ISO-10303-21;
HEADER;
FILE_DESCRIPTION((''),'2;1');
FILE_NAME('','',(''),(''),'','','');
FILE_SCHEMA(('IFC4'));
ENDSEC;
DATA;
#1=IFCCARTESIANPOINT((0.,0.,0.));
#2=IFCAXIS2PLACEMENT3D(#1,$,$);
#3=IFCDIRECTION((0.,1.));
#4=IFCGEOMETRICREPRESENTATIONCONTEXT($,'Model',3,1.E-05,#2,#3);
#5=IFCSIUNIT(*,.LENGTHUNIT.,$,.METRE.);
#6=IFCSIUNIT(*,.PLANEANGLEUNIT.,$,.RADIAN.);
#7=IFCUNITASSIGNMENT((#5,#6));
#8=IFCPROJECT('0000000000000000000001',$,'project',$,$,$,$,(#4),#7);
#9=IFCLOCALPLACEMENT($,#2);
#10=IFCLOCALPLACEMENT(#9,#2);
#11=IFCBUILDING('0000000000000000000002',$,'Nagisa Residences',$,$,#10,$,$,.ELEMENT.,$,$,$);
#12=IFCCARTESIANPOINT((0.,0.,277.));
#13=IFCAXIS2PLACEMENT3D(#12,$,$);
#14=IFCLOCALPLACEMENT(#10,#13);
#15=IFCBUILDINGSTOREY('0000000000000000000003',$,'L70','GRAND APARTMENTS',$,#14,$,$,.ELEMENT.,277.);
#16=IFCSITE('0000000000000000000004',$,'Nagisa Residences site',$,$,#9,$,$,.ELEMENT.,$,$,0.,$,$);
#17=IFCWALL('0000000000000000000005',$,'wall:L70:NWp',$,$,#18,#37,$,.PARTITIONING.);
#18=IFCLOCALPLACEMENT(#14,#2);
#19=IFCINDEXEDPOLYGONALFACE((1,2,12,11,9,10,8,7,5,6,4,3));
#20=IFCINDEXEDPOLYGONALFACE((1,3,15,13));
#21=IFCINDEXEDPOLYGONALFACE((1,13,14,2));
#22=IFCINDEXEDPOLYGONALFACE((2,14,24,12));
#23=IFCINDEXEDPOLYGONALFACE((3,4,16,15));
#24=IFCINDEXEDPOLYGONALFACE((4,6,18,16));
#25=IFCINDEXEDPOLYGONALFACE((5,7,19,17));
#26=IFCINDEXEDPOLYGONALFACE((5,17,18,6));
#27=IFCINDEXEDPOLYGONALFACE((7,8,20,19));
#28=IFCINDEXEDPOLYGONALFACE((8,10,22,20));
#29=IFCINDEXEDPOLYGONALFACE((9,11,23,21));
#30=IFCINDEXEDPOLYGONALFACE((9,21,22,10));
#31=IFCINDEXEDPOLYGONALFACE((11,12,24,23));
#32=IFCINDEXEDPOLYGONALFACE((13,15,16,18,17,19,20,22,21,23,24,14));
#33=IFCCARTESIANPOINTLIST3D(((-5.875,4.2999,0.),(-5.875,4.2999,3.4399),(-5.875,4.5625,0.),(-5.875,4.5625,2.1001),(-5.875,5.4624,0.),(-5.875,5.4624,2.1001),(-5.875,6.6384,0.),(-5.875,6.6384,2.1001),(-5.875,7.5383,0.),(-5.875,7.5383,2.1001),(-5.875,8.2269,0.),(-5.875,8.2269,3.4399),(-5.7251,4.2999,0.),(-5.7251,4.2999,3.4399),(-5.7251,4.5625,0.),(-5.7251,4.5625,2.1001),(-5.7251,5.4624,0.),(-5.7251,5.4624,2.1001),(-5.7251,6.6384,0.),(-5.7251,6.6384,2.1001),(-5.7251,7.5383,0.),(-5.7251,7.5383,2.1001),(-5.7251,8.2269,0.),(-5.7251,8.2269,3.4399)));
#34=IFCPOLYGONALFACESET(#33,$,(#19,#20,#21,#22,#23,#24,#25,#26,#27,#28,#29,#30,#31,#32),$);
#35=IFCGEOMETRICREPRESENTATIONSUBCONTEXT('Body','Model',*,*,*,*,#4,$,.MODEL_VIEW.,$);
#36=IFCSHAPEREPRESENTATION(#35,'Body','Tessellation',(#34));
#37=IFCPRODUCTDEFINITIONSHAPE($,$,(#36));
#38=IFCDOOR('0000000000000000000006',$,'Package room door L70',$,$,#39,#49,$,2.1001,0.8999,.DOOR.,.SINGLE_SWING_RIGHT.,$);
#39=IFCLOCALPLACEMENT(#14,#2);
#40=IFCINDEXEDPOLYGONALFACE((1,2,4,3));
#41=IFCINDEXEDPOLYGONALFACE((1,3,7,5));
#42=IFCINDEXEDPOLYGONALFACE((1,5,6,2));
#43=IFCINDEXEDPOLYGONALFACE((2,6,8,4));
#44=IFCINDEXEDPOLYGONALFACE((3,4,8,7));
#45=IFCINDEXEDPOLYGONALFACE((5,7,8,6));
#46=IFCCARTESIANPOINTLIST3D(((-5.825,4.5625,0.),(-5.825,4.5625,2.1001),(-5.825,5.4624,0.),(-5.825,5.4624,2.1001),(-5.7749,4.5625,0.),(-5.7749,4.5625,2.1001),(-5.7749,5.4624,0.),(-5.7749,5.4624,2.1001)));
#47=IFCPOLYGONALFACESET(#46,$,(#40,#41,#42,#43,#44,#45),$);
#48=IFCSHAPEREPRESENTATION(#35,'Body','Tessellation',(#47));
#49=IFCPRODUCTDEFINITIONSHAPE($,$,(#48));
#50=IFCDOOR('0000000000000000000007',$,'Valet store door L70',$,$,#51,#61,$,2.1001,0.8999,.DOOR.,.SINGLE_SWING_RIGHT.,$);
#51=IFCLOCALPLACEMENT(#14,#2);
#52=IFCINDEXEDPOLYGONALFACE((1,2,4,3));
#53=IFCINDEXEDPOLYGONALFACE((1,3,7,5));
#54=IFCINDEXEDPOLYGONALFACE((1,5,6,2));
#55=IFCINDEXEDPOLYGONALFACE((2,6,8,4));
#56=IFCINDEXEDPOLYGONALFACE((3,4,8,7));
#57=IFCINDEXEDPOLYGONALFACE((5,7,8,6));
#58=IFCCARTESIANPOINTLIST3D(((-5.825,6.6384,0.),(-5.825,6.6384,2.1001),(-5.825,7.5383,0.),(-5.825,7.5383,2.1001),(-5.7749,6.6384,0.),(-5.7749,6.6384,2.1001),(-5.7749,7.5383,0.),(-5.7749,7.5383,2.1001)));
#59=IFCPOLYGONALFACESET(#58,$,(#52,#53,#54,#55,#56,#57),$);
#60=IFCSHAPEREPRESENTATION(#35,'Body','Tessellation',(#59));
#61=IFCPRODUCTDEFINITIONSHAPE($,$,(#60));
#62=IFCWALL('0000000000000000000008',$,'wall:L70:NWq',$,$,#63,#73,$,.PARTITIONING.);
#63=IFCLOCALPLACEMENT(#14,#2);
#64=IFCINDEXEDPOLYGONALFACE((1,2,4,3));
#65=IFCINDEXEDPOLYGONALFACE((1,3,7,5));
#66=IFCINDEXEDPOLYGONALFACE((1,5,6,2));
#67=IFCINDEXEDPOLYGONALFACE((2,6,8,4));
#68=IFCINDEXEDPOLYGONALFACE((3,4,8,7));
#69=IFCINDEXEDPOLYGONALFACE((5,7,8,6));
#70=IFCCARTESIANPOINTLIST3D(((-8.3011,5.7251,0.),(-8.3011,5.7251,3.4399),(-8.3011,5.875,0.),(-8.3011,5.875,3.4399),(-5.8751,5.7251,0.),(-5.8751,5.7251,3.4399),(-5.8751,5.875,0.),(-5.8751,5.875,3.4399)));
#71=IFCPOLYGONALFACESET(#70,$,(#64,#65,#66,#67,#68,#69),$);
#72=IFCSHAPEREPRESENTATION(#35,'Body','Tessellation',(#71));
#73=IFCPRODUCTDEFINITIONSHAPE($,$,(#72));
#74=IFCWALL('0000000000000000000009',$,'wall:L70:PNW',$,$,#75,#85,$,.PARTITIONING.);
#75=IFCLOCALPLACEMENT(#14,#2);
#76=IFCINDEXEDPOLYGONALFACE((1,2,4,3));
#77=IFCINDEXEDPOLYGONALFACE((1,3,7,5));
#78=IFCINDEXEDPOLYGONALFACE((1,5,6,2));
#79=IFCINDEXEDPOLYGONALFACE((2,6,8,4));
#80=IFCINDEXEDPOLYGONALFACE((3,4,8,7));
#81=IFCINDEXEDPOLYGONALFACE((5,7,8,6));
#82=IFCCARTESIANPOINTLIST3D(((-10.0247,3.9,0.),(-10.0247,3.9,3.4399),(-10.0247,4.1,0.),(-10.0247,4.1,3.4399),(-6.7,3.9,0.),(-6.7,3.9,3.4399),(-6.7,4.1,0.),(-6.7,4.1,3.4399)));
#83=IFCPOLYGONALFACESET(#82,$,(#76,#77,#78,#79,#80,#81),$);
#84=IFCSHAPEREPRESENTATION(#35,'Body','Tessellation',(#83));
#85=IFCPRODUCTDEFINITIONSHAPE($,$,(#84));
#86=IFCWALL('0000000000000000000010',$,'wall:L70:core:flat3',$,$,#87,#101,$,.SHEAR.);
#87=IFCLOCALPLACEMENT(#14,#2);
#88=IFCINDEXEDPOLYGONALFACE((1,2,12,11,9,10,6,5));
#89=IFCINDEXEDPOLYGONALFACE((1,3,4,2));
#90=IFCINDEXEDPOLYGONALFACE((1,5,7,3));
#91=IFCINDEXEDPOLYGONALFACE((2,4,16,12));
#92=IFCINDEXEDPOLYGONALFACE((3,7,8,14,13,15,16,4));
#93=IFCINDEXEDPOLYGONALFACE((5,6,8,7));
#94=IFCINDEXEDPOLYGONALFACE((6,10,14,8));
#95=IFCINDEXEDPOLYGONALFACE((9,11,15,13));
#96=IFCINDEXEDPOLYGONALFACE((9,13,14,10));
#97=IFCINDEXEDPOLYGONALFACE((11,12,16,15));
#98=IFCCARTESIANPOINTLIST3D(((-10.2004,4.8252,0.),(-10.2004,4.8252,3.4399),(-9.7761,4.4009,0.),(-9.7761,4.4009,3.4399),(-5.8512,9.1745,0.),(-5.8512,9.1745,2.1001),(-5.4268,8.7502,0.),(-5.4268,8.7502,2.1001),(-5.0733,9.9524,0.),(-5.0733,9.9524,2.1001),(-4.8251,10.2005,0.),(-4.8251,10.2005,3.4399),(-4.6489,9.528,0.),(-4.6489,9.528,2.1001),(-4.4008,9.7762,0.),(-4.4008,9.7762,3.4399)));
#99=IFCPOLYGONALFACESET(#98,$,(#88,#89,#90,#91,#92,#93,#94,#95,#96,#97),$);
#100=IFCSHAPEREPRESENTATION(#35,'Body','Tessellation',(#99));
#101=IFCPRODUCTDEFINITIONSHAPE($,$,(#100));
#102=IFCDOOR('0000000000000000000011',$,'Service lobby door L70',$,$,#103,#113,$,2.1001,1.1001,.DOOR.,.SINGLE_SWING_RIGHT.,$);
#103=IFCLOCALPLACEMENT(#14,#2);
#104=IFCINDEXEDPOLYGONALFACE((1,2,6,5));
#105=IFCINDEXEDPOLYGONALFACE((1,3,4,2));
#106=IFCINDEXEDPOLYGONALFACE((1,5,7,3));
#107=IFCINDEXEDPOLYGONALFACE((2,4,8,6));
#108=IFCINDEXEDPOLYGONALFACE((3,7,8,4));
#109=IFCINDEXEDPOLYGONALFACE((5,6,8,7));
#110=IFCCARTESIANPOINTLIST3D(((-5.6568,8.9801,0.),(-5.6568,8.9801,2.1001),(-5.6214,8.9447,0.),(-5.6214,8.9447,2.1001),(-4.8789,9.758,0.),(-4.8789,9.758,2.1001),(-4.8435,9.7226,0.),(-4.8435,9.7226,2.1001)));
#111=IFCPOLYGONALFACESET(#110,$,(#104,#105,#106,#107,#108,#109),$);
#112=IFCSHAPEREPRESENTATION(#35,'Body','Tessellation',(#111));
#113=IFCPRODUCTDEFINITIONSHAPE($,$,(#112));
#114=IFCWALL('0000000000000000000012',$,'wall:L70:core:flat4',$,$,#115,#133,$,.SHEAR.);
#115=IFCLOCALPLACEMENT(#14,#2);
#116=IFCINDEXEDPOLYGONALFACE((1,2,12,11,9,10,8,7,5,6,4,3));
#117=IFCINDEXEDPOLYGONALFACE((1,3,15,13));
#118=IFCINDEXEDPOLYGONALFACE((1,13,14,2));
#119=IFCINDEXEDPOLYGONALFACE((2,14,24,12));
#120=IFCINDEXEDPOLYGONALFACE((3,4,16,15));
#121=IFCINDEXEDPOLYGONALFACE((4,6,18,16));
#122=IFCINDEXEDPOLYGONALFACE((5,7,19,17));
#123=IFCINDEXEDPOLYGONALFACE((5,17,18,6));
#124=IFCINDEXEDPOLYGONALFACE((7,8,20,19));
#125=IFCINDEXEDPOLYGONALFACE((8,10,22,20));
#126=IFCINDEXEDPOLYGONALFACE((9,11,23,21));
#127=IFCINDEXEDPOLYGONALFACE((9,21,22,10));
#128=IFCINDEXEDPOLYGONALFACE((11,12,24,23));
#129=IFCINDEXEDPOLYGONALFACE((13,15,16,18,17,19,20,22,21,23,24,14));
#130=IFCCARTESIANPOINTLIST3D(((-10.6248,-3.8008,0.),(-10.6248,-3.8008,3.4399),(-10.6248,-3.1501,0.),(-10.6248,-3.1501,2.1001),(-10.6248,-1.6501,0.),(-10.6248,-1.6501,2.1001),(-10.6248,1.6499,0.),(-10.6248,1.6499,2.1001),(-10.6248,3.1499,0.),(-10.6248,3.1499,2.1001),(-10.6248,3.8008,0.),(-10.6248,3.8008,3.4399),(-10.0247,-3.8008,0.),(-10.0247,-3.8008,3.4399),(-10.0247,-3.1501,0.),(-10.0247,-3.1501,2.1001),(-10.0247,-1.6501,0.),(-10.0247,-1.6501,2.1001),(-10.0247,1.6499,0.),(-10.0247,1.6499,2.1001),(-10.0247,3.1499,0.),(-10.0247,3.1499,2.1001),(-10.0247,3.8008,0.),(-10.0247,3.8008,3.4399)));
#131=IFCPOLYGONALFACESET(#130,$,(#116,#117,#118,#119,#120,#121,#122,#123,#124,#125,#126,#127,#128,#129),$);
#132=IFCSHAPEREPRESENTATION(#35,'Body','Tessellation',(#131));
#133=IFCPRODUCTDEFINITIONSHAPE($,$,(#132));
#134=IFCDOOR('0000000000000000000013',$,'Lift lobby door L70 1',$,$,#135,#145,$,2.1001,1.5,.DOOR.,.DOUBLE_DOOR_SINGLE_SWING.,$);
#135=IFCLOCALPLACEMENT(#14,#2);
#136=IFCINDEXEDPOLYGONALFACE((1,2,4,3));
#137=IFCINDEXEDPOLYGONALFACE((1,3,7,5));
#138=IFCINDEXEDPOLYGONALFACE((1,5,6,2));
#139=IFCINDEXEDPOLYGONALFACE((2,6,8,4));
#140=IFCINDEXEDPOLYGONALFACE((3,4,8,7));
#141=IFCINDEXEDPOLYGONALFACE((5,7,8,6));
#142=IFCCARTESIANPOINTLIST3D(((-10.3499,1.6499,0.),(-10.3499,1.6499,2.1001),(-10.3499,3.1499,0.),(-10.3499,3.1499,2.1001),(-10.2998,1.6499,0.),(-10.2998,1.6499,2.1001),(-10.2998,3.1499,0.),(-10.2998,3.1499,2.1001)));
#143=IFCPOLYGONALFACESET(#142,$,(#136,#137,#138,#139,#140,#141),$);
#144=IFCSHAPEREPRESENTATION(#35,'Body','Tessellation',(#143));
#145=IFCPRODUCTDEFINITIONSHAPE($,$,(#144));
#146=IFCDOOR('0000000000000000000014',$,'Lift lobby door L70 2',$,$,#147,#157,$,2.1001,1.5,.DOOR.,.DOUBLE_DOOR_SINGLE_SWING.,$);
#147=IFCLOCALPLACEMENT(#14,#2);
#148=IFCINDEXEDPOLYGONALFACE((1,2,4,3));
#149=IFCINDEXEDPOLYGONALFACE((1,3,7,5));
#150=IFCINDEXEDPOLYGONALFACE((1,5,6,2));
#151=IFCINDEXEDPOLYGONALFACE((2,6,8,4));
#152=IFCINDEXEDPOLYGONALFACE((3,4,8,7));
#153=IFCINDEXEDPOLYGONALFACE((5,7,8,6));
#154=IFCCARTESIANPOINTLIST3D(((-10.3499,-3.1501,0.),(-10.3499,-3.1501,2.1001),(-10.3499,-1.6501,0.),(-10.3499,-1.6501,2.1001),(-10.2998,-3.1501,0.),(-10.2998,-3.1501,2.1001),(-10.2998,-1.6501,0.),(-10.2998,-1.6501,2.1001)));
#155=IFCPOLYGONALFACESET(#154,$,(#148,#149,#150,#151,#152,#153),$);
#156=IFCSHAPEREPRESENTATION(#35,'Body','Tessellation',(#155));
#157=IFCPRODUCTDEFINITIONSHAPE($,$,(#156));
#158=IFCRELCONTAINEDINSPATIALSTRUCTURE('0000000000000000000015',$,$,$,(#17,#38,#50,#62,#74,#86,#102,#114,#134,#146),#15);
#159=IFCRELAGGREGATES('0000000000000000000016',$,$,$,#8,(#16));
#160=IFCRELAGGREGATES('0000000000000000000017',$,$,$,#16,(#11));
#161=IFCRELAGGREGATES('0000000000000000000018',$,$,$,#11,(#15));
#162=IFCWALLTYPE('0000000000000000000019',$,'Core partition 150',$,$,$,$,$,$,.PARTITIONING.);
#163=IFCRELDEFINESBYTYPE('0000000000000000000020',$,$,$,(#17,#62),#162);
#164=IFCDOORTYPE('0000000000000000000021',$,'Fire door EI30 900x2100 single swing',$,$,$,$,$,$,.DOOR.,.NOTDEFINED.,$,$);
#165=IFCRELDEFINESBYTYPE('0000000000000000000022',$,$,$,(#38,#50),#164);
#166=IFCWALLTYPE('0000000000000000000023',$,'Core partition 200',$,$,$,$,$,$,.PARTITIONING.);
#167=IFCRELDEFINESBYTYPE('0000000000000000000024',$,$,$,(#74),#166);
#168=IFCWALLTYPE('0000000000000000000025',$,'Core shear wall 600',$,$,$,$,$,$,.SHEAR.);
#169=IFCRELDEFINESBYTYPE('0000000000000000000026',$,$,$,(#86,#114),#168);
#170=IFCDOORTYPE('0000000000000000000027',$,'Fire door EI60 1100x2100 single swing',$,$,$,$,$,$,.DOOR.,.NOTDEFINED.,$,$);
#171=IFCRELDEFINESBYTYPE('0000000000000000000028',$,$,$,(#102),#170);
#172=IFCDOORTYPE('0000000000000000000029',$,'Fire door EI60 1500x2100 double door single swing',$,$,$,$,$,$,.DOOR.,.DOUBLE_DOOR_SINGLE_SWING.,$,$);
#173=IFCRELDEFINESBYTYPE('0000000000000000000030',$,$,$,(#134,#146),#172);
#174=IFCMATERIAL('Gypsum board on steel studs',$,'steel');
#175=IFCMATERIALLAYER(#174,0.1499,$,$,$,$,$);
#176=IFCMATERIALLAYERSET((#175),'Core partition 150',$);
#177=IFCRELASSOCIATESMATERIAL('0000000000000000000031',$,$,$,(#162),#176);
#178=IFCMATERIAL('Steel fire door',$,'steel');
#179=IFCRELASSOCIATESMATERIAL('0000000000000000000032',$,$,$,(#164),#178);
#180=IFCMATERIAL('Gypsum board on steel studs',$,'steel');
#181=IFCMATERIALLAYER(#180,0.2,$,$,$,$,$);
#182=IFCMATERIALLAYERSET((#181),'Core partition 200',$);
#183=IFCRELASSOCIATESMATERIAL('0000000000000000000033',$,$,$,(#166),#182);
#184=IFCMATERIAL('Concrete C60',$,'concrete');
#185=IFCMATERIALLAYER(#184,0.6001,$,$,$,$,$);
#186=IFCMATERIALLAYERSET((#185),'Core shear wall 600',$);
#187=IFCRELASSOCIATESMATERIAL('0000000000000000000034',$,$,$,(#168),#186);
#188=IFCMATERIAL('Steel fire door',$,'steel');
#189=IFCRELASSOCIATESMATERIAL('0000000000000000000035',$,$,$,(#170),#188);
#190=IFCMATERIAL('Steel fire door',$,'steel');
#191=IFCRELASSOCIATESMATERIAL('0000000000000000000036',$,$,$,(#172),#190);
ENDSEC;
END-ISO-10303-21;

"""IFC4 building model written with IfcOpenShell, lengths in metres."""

from ifc_helpers import new_model, si_unit, direction, frame, frame_2d, origin, place, context, subcontext, project, spatial, rectangle, extrude, material, layer, layer_set, type_object, element, fill, save


model = new_model("IFC4")

# Units and contexts
model_context = context("Model", 3, precision=1e-05, world=origin(), true_north=direction((0.0, 1.0)))
body_context = subcontext(model_context, "Body", "Model", "MODEL_VIEW")
ifc_project = project(units=[si_unit("LENGTHUNIT", "METRE"), si_unit("PLANEANGLEUNIT", "RADIAN")], contexts=[model_context])

# Site, building, storey
site_placement = place(None, origin())
site = spatial("IfcSite", under=ifc_project, at=site_placement, Name="Nagisa Residences site", CompositionType="ELEMENT", RefElevation=0.0)
building_placement = place(site_placement, origin())
building = spatial("IfcBuilding", under=site, at=building_placement, Name="Nagisa Residences", CompositionType="ELEMENT")
storey_placement = place(building_placement, frame((0.0, 0.0, 277.0)))
storey = spatial("IfcBuildingStorey", under=building, at=storey_placement, Name="L70", Description="GRAND APARTMENTS", CompositionType="ELEMENT", Elevation=277.0)

# Wall, openings, doors
ifc_material_1 = material(Name="Gypsum board on steel studs", Category="steel")
ifc_layer_1 = layer(ifc_material_1, 0.1499)
ifc_layer_set_1 = layer_set([ifc_layer_1], Name="Core partition 150")
wall_type_1 = type_object("IfcWallType", Name="Core partition 150", PredefinedType="PARTITIONING", material=ifc_layer_set_1)
wall_1_placement = place(storey_placement, frame((-5.8, 4.3, 0.0), z_axis=(0.0, 0.0, 1.0), x_axis=(0.0, 1.0, 0.0)))
wall_1 = element("IfcWall", 1, at=wall_1_placement, inside=storey, type_object=wall_type_1, Name="wall:L70:NWp", PredefinedType="PARTITIONING", context=body_context, shape_type="SweptSolid", body=[
    extrude(rectangle(XDim=3.927, YDim=0.1499, at=frame_2d((1.9634, 0.0))), origin(), (0.0, 0.0, 1.0), 3.4399),
])
opening_1_placement = place(wall_1_placement, frame((0.2625, 0.0, 0.0)))
opening_1 = element("IfcOpeningElement", 2, at=opening_1_placement, cuts=wall_1, PredefinedType="OPENING", context=body_context, shape_type="SweptSolid", body=[
    extrude(rectangle(XDim=0.8999, YDim=2.1001, at=frame_2d((0.45, 1.05))), frame((0.0, 0.085, 0.0), z_axis=(0.0, -1.0, 0.0), x_axis=(1.0, 0.0, 0.0)), (0.0, 0.0, 1.0), 0.1699),
])
opening_2_placement = place(wall_1_placement, frame((2.3384, 0.0, 0.0)))
opening_2 = element("IfcOpeningElement", 3, at=opening_2_placement, cuts=wall_1, PredefinedType="OPENING", context=body_context, shape_type="SweptSolid", body=[
    extrude(rectangle(XDim=0.8999, YDim=2.1001, at=frame_2d((0.45, 1.05))), frame((0.0, 0.085, 0.0), z_axis=(0.0, -1.0, 0.0), x_axis=(1.0, 0.0, 0.0)), (0.0, 0.0, 1.0), 0.1699),
])
ifc_material_2 = material(Name="Steel fire door", Category="steel")
door_type_1 = type_object("IfcDoorType", Name="Fire door EI30 900x2100 single swing", OperationType="NOTDEFINED", PredefinedType="DOOR", material=ifc_material_2)
door_1_placement = place(opening_1_placement, origin())
door_1 = element("IfcDoor", 4, at=door_1_placement, inside=storey, type_object=door_type_1, Name="Package room door L70", OperationType="SINGLE_SWING_RIGHT", OverallHeight=2.1001, OverallWidth=0.8999, PredefinedType="DOOR", context=body_context, shape_type="SweptSolid", body=[
    extrude(rectangle(XDim=0.8999, YDim=2.1001, at=frame_2d((0.45, 1.05))), frame((0.0, 0.0249, 0.0), z_axis=(0.0, -1.0, 0.0), x_axis=(1.0, 0.0, 0.0)), (0.0, 0.0, 1.0), 0.05),
])
fill(opening_1, door_1)
door_2_placement = place(opening_2_placement, origin())
door_2 = element("IfcDoor", 5, at=door_2_placement, inside=storey, type_object=door_type_1, Name="Valet store door L70", OperationType="SINGLE_SWING_RIGHT", OverallHeight=2.1001, OverallWidth=0.8999, PredefinedType="DOOR", context=body_context, shape_type="SweptSolid", body=[
    extrude(rectangle(XDim=0.8999, YDim=2.1001, at=frame_2d((0.45, 1.05))), frame((0.0, 0.0249, 0.0), z_axis=(0.0, -1.0, 0.0), x_axis=(1.0, 0.0, 0.0)), (0.0, 0.0, 1.0), 0.05),
])
fill(opening_2, door_2)

# Walls
wall_2_placement = place(storey_placement, frame((-8.301, 5.8, 0.0), z_axis=(0.0, 0.0, 1.0), x_axis=(1.0, 0.0, 0.0)))
element("IfcWall", 6, at=wall_2_placement, inside=storey, type_object=wall_type_1, Name="wall:L70:NWq", PredefinedType="PARTITIONING", context=body_context, shape_type="SweptSolid", body=[
    extrude(rectangle(XDim=2.426, YDim=0.1499, at=frame_2d((1.2129, 0.0))), origin(), (0.0, 0.0, 1.0), 3.4399),
])
ifc_material_3 = material(Name="Gypsum board on steel studs", Category="steel")
ifc_layer_2 = layer(ifc_material_3, 0.2)
ifc_layer_set_2 = layer_set([ifc_layer_2], Name="Core partition 200")
wall_type_2 = type_object("IfcWallType", Name="Core partition 200", PredefinedType="PARTITIONING", material=ifc_layer_set_2)
wall_3_placement = place(storey_placement, frame((-10.0247, 4.0, 0.0), z_axis=(0.0, 0.0, 1.0), x_axis=(1.0, 0.0, 0.0)))
element("IfcWall", 7, at=wall_3_placement, inside=storey, type_object=wall_type_2, Name="wall:L70:PNW", PredefinedType="PARTITIONING", context=body_context, shape_type="SweptSolid", body=[
    extrude(rectangle(XDim=3.3247, YDim=0.2, at=frame_2d((1.6624, 0.0))), origin(), (0.0, 0.0, 1.0), 3.4399),
])

# Wall, opening, door
ifc_material_4 = material(Name="Concrete C60", Category="concrete")
ifc_layer_3 = layer(ifc_material_4, 0.6001)
ifc_layer_set_3 = layer_set([ifc_layer_3], Name="Core shear wall 600")
wall_type_3 = type_object("IfcWallType", Name="Core shear wall 600", PredefinedType="SHEAR", material=ifc_layer_set_3)
wall_4_placement = place(storey_placement, frame((-4.613, 9.9883, 0.0), z_axis=(0.0, 0.0, 1.0), x_axis=(-0.707107, -0.707107, 0.0)))
wall_4 = element("IfcWall", 8, at=wall_4_placement, inside=storey, type_object=wall_type_3, Name="wall:L70:core:flat3", PredefinedType="SHEAR", context=body_context, shape_type="SweptSolid", body=[
    extrude(rectangle(XDim=7.6018, YDim=0.6001, at=frame_2d((3.8008, 0.0))), origin(), (0.0, 0.0, 1.0), 3.4399),
])
opening_3_placement = place(wall_4_placement, frame((0.3508, 0.0, 0.0)))
opening_3 = element("IfcOpeningElement", 9, at=opening_3_placement, cuts=wall_4, PredefinedType="OPENING", context=body_context, shape_type="SweptSolid", body=[
    extrude(rectangle(XDim=1.1001, YDim=2.1001, at=frame_2d((0.55, 1.05))), frame((0.0, 0.3101, 0.0), z_axis=(0.0, -1.0, 0.0), x_axis=(1.0, 0.0, 0.0)), (0.0, 0.0, 1.0), 0.6201),
])
ifc_material_5 = material(Name="Steel fire door", Category="steel")
door_type_2 = type_object("IfcDoorType", Name="Fire door EI60 1100x2100 single swing", OperationType="NOTDEFINED", PredefinedType="DOOR", material=ifc_material_5)
door_3_placement = place(opening_3_placement, origin())
door_3 = element("IfcDoor", 10, at=door_3_placement, inside=storey, type_object=door_type_2, Name="Service lobby door L70", OperationType="SINGLE_SWING_RIGHT", OverallHeight=2.1001, OverallWidth=1.1001, PredefinedType="DOOR", context=body_context, shape_type="SweptSolid", body=[
    extrude(rectangle(XDim=1.1001, YDim=2.1001, at=frame_2d((0.55, 1.05))), frame((0.0, 0.0249, 0.0), z_axis=(0.0, -1.0, 0.0), x_axis=(1.0, 0.0, 0.0)), (0.0, 0.0, 1.0), 0.05),
])
fill(opening_3, door_3)

# Wall, openings, doors
wall_5_placement = place(storey_placement, frame((-10.3247, 3.8008, 0.0), z_axis=(0.0, 0.0, 1.0), x_axis=(0.0, -1.0, 0.0)))
wall_5 = element("IfcWall", 11, at=wall_5_placement, inside=storey, type_object=wall_type_3, Name="wall:L70:core:flat4", PredefinedType="SHEAR", context=body_context, shape_type="SweptSolid", body=[
    extrude(rectangle(XDim=7.6016, YDim=0.6001, at=frame_2d((3.8008, 0.0))), origin(), (0.0, 0.0, 1.0), 3.4399),
])
opening_4_placement = place(wall_5_placement, frame((0.6509, 0.0, 0.0)))
opening_4 = element("IfcOpeningElement", 12, at=opening_4_placement, cuts=wall_5, PredefinedType="OPENING", context=body_context, shape_type="SweptSolid", body=[
    extrude(rectangle(XDim=1.5, YDim=2.1001, at=frame_2d((0.75, 1.05))), frame((0.0, 0.3101, 0.0), z_axis=(0.0, -1.0, 0.0), x_axis=(1.0, 0.0, 0.0)), (0.0, 0.0, 1.0), 0.6201),
])
opening_5_placement = place(wall_5_placement, frame((5.4509, 0.0, 0.0)))
opening_5 = element("IfcOpeningElement", 13, at=opening_5_placement, cuts=wall_5, PredefinedType="OPENING", context=body_context, shape_type="SweptSolid", body=[
    extrude(rectangle(XDim=1.5, YDim=2.1001, at=frame_2d((0.75, 1.05))), frame((0.0, 0.3101, 0.0), z_axis=(0.0, -1.0, 0.0), x_axis=(1.0, 0.0, 0.0)), (0.0, 0.0, 1.0), 0.6201),
])
ifc_material_6 = material(Name="Steel fire door", Category="steel")
door_type_3 = type_object("IfcDoorType", Name="Fire door EI60 1500x2100 double door single swing", OperationType="DOUBLE_DOOR_SINGLE_SWING", PredefinedType="DOOR", material=ifc_material_6)
door_4_placement = place(opening_4_placement, origin())
door_4 = element("IfcDoor", 14, at=door_4_placement, inside=storey, type_object=door_type_3, Name="Lift lobby door L70 1", OperationType="DOUBLE_DOOR_SINGLE_SWING", OverallHeight=2.1001, OverallWidth=1.5, PredefinedType="DOOR", context=body_context, shape_type="SweptSolid", body=[
    extrude(rectangle(XDim=1.5, YDim=2.1001, at=frame_2d((0.75, 1.05))), frame((0.0, 0.0249, 0.0), z_axis=(0.0, -1.0, 0.0), x_axis=(1.0, 0.0, 0.0)), (0.0, 0.0, 1.0), 0.05),
])
fill(opening_4, door_4)
door_5_placement = place(opening_5_placement, origin())
door_5 = element("IfcDoor", 15, at=door_5_placement, inside=storey, type_object=door_type_3, Name="Lift lobby door L70 2", OperationType="DOUBLE_DOOR_SINGLE_SWING", OverallHeight=2.1001, OverallWidth=1.5, PredefinedType="DOOR", context=body_context, shape_type="SweptSolid", body=[
    extrude(rectangle(XDim=1.5, YDim=2.1001, at=frame_2d((0.75, 1.05))), frame((0.0, 0.0249, 0.0), z_axis=(0.0, -1.0, 0.0), x_axis=(1.0, 0.0, 0.0)), (0.0, 0.0, 1.0), 0.05),
])
fill(opening_5, door_5)

save(model, "model.ifc")
